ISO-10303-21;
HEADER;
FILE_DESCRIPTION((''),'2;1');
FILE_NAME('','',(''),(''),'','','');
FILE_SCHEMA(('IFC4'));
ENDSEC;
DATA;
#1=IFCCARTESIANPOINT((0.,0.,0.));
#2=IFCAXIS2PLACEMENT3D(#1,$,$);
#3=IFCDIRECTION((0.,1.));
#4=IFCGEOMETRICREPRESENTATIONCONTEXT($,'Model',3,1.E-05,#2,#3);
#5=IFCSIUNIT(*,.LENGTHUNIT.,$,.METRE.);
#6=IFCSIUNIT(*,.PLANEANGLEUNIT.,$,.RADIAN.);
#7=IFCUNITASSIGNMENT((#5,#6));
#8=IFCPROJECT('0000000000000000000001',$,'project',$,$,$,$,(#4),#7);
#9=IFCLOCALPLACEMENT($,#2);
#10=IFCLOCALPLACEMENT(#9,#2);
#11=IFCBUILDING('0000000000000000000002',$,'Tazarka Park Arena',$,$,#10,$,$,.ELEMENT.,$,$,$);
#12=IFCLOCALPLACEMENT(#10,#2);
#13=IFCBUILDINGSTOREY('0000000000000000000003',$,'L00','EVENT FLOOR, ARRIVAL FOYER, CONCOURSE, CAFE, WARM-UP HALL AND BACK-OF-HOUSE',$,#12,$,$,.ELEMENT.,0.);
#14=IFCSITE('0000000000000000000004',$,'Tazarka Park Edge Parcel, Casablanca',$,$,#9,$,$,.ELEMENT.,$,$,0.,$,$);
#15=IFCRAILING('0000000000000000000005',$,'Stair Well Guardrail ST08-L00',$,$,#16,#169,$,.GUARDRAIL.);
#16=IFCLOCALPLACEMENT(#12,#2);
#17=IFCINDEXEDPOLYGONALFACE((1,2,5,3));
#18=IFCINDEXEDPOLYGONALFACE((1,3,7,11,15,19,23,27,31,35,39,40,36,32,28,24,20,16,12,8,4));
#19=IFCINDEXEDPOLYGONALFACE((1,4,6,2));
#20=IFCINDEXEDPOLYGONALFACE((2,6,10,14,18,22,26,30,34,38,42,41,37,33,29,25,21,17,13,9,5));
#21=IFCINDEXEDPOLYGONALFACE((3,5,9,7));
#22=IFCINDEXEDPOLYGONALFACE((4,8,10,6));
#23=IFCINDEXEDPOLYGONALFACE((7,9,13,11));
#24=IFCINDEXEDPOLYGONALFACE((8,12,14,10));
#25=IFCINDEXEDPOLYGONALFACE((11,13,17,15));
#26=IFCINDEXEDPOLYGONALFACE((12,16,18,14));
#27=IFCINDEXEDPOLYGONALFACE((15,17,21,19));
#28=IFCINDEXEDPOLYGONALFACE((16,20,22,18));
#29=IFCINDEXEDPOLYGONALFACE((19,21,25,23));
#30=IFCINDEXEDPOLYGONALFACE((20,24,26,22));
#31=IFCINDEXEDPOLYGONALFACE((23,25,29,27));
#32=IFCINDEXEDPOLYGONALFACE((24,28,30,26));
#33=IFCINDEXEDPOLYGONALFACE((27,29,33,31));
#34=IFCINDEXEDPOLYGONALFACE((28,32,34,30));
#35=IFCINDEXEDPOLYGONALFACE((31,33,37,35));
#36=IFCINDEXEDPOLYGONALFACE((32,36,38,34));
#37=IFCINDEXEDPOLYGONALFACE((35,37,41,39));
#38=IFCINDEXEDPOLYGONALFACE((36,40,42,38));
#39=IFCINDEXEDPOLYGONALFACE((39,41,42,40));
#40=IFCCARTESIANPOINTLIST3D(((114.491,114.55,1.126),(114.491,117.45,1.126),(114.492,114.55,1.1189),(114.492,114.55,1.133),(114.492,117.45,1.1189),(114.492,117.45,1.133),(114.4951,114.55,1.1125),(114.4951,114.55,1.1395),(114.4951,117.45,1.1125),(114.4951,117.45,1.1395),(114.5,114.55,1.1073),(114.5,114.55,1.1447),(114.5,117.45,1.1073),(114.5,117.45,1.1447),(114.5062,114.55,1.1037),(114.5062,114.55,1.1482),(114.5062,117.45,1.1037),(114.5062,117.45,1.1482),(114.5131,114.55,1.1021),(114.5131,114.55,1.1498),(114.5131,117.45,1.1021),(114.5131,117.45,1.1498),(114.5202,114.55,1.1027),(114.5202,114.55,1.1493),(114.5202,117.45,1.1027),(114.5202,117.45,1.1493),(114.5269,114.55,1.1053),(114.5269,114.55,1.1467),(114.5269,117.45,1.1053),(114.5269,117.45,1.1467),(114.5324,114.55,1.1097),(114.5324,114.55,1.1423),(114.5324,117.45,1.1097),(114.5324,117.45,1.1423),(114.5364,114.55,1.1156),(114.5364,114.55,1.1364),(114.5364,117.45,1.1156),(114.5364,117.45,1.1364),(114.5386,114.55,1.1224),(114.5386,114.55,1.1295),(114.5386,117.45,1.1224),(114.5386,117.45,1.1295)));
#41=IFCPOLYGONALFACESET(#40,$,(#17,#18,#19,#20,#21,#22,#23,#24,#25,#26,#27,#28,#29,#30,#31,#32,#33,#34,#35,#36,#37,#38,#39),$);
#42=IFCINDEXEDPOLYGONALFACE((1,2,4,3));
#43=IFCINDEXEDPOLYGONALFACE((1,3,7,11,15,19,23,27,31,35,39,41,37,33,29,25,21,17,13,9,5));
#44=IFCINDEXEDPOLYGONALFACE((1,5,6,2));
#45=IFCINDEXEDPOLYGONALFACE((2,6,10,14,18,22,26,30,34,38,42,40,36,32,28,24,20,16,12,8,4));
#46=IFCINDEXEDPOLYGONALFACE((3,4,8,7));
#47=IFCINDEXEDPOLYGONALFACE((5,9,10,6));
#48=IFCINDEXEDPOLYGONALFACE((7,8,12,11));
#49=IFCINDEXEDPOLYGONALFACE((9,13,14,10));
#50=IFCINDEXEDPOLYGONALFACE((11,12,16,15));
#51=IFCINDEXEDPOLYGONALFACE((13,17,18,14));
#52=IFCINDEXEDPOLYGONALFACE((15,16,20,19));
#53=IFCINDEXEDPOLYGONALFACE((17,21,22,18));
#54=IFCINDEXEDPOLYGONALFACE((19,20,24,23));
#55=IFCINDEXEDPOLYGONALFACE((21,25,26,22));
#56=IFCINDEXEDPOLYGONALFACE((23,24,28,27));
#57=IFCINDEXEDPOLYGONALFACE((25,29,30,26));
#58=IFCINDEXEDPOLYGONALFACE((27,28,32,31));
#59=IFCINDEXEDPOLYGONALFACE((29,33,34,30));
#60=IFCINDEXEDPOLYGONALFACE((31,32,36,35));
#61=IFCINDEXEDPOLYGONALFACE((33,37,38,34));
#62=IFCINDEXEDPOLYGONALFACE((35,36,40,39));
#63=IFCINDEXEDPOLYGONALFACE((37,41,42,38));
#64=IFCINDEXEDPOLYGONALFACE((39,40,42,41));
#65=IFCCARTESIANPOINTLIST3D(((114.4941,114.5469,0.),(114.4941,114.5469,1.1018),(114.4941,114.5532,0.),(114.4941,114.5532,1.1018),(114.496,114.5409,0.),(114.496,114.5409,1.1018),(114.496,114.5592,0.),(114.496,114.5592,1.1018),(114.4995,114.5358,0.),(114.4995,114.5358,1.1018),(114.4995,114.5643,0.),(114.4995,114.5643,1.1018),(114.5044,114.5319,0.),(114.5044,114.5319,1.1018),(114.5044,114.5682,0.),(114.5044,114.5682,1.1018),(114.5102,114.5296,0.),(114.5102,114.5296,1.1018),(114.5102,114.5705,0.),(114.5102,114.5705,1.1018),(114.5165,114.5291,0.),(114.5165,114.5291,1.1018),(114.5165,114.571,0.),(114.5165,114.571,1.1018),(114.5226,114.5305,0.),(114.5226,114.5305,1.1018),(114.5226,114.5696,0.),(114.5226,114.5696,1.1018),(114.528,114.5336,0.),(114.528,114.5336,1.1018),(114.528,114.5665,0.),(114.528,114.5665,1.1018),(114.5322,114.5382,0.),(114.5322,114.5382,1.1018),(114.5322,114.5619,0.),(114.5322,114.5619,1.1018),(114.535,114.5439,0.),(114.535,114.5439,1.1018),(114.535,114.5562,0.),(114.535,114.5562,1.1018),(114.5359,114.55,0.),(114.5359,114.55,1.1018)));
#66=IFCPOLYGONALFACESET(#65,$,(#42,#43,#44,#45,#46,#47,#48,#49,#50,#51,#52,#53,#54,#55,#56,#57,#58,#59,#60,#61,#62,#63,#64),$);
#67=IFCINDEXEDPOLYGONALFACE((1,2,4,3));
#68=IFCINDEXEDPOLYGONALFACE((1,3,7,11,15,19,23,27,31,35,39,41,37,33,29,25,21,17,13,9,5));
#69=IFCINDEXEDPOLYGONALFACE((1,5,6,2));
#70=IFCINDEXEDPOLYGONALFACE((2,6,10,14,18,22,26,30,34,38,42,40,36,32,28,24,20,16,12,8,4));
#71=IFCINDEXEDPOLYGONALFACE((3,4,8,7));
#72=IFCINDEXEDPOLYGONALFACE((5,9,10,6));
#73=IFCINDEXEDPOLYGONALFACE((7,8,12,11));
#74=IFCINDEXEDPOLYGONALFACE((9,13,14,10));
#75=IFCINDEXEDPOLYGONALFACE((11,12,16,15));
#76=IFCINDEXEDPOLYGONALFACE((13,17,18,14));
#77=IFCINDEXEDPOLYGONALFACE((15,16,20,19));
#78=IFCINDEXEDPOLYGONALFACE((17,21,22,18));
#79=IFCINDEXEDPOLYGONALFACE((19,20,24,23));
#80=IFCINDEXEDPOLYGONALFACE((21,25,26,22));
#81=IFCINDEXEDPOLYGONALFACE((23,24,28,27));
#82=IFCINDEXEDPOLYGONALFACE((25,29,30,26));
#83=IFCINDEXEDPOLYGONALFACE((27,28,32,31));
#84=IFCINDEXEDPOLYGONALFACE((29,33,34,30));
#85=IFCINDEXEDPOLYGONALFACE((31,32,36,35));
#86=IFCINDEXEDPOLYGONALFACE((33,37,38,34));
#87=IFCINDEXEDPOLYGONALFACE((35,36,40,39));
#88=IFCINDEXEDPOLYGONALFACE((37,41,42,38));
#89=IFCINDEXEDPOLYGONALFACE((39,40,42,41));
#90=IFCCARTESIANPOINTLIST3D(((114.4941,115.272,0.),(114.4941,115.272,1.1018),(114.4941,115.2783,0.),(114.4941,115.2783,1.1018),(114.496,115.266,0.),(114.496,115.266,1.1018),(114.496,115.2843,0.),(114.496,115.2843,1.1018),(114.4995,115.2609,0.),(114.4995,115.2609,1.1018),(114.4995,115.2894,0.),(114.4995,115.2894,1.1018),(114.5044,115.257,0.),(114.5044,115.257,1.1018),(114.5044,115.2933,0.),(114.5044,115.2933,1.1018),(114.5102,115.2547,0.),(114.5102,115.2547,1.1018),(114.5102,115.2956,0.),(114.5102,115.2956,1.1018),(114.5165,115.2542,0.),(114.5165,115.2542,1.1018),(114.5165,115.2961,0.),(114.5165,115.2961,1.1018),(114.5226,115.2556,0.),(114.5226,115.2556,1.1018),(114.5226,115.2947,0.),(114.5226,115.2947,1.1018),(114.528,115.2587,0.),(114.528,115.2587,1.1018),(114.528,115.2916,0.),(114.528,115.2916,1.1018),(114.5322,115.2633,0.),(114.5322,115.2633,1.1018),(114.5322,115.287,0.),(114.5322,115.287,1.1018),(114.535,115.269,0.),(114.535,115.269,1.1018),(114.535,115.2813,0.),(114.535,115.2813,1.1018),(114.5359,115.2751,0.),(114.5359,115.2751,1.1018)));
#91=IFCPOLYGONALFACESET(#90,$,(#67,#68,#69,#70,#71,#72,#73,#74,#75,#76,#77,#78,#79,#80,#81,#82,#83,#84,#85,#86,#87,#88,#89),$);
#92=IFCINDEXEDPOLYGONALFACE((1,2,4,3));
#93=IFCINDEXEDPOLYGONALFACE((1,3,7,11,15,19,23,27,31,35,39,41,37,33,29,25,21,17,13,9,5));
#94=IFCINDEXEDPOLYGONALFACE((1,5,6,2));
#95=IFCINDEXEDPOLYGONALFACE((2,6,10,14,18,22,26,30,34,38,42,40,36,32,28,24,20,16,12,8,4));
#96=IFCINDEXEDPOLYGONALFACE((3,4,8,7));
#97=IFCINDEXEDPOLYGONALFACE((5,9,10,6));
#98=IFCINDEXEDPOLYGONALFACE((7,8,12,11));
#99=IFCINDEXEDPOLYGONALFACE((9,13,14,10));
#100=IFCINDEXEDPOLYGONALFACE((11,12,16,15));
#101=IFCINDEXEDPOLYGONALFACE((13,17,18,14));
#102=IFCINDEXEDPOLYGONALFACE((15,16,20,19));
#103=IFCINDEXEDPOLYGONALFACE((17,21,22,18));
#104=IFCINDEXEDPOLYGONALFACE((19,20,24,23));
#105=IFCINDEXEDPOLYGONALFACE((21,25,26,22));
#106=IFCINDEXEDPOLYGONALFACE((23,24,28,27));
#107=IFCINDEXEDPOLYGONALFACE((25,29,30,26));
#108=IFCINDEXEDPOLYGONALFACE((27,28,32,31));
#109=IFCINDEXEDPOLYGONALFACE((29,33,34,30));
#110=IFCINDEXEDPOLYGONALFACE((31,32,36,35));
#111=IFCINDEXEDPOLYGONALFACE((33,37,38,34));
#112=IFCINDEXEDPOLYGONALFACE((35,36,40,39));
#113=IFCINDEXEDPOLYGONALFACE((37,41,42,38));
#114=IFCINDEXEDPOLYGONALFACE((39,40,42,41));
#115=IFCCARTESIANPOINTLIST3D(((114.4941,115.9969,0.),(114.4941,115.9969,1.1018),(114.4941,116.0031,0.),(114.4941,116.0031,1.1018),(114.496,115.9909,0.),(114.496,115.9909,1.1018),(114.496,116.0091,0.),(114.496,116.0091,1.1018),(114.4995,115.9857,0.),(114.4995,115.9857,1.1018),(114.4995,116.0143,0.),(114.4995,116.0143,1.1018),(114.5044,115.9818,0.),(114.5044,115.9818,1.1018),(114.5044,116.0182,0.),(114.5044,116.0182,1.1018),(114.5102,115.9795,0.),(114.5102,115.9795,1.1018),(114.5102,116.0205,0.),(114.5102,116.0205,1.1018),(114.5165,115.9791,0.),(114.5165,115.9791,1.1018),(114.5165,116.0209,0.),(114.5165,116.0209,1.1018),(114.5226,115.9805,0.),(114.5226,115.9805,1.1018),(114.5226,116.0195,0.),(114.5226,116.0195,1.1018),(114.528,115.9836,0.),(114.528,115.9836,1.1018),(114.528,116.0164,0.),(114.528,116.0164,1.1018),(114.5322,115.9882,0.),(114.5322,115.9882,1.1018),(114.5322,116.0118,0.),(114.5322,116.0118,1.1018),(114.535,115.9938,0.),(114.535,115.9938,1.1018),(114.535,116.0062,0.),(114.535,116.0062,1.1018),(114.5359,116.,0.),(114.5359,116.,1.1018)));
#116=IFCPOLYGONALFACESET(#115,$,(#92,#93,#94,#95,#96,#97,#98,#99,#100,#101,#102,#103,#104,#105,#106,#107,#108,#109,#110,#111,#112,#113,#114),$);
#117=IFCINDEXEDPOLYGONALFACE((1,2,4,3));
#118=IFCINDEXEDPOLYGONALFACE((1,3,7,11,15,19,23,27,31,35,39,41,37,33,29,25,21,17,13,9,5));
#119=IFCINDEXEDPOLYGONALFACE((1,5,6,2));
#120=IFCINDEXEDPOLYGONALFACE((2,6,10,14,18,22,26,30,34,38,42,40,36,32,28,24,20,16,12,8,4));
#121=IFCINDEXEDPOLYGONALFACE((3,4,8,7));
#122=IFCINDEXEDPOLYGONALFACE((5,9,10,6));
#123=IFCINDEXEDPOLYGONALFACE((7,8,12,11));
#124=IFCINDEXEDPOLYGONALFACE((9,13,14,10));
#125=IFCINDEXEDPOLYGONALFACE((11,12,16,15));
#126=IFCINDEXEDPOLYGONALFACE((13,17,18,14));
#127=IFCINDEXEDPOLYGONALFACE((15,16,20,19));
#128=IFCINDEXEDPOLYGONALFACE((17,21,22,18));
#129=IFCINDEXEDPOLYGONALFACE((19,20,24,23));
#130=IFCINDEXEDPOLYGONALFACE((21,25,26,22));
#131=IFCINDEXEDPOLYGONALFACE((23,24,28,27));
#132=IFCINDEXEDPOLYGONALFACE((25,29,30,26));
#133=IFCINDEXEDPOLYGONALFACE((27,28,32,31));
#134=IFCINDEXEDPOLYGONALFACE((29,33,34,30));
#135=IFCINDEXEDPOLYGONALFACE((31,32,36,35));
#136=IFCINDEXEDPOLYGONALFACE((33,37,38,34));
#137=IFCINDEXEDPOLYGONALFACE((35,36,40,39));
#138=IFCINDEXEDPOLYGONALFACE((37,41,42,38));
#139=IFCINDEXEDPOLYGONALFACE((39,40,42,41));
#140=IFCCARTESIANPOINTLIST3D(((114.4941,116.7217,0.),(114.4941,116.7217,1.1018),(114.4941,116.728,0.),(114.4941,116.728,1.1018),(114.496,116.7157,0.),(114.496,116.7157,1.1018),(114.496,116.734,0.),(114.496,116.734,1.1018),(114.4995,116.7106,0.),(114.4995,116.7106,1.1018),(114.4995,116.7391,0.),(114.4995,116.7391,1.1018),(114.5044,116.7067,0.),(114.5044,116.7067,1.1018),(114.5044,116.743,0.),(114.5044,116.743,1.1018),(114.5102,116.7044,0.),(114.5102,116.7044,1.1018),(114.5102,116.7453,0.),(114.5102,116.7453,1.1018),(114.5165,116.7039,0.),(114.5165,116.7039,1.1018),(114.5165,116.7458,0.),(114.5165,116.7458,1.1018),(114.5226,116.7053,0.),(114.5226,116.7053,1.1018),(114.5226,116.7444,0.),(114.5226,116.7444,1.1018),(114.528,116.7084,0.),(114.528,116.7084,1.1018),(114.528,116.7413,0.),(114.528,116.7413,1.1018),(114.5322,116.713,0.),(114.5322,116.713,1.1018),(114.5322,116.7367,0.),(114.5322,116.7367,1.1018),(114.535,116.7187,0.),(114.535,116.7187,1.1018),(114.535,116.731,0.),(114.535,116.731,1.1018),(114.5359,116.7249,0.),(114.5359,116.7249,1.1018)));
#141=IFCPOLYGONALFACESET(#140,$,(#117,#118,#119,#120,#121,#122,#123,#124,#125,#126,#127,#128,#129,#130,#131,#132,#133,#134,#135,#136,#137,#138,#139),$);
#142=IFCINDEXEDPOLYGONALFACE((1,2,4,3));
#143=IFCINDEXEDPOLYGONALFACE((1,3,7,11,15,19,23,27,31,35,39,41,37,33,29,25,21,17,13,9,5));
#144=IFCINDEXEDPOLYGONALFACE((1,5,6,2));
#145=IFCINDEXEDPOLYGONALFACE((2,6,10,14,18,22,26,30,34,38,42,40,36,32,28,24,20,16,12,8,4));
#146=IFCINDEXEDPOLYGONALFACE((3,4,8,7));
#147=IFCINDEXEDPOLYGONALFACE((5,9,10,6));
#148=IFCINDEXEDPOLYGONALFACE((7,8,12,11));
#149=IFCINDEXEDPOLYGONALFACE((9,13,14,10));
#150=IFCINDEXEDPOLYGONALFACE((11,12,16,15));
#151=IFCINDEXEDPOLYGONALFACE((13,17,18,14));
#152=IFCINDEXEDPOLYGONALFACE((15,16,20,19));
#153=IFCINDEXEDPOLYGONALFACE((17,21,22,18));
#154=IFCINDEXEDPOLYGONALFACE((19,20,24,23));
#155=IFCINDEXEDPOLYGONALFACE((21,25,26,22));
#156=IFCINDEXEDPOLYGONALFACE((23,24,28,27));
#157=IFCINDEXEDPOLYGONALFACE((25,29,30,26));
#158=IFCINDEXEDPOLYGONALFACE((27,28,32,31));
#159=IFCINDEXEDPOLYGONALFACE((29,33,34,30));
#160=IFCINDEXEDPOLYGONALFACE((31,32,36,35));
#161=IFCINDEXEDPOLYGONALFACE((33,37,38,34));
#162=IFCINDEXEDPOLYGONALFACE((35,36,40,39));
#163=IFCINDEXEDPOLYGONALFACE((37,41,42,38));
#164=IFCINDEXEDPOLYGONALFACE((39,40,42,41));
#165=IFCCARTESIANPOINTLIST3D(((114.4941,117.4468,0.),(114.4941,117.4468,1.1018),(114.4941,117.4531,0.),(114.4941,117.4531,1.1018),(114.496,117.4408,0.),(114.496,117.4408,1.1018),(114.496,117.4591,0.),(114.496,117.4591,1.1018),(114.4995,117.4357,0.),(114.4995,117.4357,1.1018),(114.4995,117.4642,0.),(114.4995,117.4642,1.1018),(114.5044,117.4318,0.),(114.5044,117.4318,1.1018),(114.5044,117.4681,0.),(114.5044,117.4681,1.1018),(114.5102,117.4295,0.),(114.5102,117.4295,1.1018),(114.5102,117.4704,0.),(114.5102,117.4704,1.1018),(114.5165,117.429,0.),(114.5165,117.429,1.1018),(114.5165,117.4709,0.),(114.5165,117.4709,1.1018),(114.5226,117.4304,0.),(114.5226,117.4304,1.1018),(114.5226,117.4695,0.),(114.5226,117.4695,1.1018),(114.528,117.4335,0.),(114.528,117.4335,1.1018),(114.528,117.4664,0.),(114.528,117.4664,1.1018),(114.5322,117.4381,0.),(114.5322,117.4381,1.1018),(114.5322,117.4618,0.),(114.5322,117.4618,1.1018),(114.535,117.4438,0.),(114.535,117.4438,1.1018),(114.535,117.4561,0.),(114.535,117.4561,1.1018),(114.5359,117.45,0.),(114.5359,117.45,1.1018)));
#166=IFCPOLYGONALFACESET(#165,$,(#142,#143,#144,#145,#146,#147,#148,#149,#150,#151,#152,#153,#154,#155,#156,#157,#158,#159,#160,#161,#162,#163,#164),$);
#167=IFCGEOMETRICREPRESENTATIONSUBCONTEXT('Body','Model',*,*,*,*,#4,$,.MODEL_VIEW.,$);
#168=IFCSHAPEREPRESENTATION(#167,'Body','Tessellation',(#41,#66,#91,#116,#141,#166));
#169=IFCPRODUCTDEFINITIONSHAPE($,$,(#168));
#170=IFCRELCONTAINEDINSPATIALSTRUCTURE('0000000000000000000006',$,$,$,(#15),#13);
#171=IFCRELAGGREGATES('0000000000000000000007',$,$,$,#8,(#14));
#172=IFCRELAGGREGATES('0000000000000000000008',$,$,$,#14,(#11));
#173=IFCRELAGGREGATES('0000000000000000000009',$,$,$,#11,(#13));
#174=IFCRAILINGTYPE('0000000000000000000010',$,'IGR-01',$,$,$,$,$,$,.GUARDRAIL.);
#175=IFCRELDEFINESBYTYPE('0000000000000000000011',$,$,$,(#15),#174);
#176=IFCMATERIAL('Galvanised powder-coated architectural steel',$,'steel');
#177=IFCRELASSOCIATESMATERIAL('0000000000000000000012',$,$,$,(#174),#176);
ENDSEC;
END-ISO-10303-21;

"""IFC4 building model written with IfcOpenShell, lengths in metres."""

from ifc_helpers import new_model, si_unit, direction, frame, origin, origin_2d, place, context, subcontext, project, spatial, circle, extrude, material, type_object, element, save


model = new_model("IFC4")

# Units and contexts
model_context = context("Model", 3, precision=1e-05, world=origin(), true_north=direction((0.0, 1.0)))
body_context = subcontext(model_context, "Body", "Model", "MODEL_VIEW")
ifc_project = project(units=[si_unit("LENGTHUNIT", "METRE"), si_unit("PLANEANGLEUNIT", "RADIAN")], contexts=[model_context])

# Site, building, storey
site_placement = place(None, origin())
site = spatial("IfcSite", under=ifc_project, at=site_placement, Name="Tazarka Park Edge Parcel, Casablanca", CompositionType="ELEMENT", RefElevation=0.0)
building_placement = place(site_placement, origin())
building = spatial("IfcBuilding", under=site, at=building_placement, Name="Tazarka Park Arena", CompositionType="ELEMENT")
storey_placement = place(building_placement, origin())
storey = spatial("IfcBuildingStorey", under=building, at=storey_placement, Name="L00", Description="EVENT FLOOR, ARRIVAL FOYER, CONCOURSE, CAFE, WARM-UP HALL AND BACK-OF-HOUSE", CompositionType="ELEMENT", Elevation=0.0)

# Railing
ifc_material_1 = material(Name="Galvanised powder-coated architectural steel", Category="steel")
railing_type_1 = type_object("IfcRailingType", Name="IGR-01", PredefinedType="GUARDRAIL", material=ifc_material_1)
for number, where, name in (
    (1, (114.5149, 114.55, 0.0), "Stair Well Guardrail ST08-L00"),
):
    element("IfcRailing", number, at=place(storey_placement, frame(where)), inside=storey, type_object=railing_type_1, Name=name, PredefinedType="GUARDRAIL", context=body_context, shape_type="SweptSolid", body=[
        extrude(circle(Radius=0.0239, at=origin_2d()), frame((0.0, 0.0, 1.126), z_axis=(0.0, 1.0, 0.0), x_axis=(-1.0, 0.0, 0.0)), (0.0, 0.0, 1.0), 2.8999),
        extrude(circle(Radius=0.021, at=origin_2d()), origin(), (0.0, 0.0, 1.0), 1.1018),
        extrude(circle(Radius=0.021, at=origin_2d()), frame((0.0, 0.7251, 0.0)), (0.0, 0.0, 1.0), 1.1018),
        extrude(circle(Radius=0.021, at=origin_2d()), frame((0.0, 1.45, 0.0)), (0.0, 0.0, 1.0), 1.1018),
        extrude(circle(Radius=0.021, at=origin_2d()), frame((0.0, 2.1748, 0.0)), (0.0, 0.0, 1.0), 1.1018),
        extrude(circle(Radius=0.021, at=origin_2d()), frame((0.0, 2.8999, 0.0)), (0.0, 0.0, 1.0), 1.1018),
    ])

save(model, "model.ifc")
